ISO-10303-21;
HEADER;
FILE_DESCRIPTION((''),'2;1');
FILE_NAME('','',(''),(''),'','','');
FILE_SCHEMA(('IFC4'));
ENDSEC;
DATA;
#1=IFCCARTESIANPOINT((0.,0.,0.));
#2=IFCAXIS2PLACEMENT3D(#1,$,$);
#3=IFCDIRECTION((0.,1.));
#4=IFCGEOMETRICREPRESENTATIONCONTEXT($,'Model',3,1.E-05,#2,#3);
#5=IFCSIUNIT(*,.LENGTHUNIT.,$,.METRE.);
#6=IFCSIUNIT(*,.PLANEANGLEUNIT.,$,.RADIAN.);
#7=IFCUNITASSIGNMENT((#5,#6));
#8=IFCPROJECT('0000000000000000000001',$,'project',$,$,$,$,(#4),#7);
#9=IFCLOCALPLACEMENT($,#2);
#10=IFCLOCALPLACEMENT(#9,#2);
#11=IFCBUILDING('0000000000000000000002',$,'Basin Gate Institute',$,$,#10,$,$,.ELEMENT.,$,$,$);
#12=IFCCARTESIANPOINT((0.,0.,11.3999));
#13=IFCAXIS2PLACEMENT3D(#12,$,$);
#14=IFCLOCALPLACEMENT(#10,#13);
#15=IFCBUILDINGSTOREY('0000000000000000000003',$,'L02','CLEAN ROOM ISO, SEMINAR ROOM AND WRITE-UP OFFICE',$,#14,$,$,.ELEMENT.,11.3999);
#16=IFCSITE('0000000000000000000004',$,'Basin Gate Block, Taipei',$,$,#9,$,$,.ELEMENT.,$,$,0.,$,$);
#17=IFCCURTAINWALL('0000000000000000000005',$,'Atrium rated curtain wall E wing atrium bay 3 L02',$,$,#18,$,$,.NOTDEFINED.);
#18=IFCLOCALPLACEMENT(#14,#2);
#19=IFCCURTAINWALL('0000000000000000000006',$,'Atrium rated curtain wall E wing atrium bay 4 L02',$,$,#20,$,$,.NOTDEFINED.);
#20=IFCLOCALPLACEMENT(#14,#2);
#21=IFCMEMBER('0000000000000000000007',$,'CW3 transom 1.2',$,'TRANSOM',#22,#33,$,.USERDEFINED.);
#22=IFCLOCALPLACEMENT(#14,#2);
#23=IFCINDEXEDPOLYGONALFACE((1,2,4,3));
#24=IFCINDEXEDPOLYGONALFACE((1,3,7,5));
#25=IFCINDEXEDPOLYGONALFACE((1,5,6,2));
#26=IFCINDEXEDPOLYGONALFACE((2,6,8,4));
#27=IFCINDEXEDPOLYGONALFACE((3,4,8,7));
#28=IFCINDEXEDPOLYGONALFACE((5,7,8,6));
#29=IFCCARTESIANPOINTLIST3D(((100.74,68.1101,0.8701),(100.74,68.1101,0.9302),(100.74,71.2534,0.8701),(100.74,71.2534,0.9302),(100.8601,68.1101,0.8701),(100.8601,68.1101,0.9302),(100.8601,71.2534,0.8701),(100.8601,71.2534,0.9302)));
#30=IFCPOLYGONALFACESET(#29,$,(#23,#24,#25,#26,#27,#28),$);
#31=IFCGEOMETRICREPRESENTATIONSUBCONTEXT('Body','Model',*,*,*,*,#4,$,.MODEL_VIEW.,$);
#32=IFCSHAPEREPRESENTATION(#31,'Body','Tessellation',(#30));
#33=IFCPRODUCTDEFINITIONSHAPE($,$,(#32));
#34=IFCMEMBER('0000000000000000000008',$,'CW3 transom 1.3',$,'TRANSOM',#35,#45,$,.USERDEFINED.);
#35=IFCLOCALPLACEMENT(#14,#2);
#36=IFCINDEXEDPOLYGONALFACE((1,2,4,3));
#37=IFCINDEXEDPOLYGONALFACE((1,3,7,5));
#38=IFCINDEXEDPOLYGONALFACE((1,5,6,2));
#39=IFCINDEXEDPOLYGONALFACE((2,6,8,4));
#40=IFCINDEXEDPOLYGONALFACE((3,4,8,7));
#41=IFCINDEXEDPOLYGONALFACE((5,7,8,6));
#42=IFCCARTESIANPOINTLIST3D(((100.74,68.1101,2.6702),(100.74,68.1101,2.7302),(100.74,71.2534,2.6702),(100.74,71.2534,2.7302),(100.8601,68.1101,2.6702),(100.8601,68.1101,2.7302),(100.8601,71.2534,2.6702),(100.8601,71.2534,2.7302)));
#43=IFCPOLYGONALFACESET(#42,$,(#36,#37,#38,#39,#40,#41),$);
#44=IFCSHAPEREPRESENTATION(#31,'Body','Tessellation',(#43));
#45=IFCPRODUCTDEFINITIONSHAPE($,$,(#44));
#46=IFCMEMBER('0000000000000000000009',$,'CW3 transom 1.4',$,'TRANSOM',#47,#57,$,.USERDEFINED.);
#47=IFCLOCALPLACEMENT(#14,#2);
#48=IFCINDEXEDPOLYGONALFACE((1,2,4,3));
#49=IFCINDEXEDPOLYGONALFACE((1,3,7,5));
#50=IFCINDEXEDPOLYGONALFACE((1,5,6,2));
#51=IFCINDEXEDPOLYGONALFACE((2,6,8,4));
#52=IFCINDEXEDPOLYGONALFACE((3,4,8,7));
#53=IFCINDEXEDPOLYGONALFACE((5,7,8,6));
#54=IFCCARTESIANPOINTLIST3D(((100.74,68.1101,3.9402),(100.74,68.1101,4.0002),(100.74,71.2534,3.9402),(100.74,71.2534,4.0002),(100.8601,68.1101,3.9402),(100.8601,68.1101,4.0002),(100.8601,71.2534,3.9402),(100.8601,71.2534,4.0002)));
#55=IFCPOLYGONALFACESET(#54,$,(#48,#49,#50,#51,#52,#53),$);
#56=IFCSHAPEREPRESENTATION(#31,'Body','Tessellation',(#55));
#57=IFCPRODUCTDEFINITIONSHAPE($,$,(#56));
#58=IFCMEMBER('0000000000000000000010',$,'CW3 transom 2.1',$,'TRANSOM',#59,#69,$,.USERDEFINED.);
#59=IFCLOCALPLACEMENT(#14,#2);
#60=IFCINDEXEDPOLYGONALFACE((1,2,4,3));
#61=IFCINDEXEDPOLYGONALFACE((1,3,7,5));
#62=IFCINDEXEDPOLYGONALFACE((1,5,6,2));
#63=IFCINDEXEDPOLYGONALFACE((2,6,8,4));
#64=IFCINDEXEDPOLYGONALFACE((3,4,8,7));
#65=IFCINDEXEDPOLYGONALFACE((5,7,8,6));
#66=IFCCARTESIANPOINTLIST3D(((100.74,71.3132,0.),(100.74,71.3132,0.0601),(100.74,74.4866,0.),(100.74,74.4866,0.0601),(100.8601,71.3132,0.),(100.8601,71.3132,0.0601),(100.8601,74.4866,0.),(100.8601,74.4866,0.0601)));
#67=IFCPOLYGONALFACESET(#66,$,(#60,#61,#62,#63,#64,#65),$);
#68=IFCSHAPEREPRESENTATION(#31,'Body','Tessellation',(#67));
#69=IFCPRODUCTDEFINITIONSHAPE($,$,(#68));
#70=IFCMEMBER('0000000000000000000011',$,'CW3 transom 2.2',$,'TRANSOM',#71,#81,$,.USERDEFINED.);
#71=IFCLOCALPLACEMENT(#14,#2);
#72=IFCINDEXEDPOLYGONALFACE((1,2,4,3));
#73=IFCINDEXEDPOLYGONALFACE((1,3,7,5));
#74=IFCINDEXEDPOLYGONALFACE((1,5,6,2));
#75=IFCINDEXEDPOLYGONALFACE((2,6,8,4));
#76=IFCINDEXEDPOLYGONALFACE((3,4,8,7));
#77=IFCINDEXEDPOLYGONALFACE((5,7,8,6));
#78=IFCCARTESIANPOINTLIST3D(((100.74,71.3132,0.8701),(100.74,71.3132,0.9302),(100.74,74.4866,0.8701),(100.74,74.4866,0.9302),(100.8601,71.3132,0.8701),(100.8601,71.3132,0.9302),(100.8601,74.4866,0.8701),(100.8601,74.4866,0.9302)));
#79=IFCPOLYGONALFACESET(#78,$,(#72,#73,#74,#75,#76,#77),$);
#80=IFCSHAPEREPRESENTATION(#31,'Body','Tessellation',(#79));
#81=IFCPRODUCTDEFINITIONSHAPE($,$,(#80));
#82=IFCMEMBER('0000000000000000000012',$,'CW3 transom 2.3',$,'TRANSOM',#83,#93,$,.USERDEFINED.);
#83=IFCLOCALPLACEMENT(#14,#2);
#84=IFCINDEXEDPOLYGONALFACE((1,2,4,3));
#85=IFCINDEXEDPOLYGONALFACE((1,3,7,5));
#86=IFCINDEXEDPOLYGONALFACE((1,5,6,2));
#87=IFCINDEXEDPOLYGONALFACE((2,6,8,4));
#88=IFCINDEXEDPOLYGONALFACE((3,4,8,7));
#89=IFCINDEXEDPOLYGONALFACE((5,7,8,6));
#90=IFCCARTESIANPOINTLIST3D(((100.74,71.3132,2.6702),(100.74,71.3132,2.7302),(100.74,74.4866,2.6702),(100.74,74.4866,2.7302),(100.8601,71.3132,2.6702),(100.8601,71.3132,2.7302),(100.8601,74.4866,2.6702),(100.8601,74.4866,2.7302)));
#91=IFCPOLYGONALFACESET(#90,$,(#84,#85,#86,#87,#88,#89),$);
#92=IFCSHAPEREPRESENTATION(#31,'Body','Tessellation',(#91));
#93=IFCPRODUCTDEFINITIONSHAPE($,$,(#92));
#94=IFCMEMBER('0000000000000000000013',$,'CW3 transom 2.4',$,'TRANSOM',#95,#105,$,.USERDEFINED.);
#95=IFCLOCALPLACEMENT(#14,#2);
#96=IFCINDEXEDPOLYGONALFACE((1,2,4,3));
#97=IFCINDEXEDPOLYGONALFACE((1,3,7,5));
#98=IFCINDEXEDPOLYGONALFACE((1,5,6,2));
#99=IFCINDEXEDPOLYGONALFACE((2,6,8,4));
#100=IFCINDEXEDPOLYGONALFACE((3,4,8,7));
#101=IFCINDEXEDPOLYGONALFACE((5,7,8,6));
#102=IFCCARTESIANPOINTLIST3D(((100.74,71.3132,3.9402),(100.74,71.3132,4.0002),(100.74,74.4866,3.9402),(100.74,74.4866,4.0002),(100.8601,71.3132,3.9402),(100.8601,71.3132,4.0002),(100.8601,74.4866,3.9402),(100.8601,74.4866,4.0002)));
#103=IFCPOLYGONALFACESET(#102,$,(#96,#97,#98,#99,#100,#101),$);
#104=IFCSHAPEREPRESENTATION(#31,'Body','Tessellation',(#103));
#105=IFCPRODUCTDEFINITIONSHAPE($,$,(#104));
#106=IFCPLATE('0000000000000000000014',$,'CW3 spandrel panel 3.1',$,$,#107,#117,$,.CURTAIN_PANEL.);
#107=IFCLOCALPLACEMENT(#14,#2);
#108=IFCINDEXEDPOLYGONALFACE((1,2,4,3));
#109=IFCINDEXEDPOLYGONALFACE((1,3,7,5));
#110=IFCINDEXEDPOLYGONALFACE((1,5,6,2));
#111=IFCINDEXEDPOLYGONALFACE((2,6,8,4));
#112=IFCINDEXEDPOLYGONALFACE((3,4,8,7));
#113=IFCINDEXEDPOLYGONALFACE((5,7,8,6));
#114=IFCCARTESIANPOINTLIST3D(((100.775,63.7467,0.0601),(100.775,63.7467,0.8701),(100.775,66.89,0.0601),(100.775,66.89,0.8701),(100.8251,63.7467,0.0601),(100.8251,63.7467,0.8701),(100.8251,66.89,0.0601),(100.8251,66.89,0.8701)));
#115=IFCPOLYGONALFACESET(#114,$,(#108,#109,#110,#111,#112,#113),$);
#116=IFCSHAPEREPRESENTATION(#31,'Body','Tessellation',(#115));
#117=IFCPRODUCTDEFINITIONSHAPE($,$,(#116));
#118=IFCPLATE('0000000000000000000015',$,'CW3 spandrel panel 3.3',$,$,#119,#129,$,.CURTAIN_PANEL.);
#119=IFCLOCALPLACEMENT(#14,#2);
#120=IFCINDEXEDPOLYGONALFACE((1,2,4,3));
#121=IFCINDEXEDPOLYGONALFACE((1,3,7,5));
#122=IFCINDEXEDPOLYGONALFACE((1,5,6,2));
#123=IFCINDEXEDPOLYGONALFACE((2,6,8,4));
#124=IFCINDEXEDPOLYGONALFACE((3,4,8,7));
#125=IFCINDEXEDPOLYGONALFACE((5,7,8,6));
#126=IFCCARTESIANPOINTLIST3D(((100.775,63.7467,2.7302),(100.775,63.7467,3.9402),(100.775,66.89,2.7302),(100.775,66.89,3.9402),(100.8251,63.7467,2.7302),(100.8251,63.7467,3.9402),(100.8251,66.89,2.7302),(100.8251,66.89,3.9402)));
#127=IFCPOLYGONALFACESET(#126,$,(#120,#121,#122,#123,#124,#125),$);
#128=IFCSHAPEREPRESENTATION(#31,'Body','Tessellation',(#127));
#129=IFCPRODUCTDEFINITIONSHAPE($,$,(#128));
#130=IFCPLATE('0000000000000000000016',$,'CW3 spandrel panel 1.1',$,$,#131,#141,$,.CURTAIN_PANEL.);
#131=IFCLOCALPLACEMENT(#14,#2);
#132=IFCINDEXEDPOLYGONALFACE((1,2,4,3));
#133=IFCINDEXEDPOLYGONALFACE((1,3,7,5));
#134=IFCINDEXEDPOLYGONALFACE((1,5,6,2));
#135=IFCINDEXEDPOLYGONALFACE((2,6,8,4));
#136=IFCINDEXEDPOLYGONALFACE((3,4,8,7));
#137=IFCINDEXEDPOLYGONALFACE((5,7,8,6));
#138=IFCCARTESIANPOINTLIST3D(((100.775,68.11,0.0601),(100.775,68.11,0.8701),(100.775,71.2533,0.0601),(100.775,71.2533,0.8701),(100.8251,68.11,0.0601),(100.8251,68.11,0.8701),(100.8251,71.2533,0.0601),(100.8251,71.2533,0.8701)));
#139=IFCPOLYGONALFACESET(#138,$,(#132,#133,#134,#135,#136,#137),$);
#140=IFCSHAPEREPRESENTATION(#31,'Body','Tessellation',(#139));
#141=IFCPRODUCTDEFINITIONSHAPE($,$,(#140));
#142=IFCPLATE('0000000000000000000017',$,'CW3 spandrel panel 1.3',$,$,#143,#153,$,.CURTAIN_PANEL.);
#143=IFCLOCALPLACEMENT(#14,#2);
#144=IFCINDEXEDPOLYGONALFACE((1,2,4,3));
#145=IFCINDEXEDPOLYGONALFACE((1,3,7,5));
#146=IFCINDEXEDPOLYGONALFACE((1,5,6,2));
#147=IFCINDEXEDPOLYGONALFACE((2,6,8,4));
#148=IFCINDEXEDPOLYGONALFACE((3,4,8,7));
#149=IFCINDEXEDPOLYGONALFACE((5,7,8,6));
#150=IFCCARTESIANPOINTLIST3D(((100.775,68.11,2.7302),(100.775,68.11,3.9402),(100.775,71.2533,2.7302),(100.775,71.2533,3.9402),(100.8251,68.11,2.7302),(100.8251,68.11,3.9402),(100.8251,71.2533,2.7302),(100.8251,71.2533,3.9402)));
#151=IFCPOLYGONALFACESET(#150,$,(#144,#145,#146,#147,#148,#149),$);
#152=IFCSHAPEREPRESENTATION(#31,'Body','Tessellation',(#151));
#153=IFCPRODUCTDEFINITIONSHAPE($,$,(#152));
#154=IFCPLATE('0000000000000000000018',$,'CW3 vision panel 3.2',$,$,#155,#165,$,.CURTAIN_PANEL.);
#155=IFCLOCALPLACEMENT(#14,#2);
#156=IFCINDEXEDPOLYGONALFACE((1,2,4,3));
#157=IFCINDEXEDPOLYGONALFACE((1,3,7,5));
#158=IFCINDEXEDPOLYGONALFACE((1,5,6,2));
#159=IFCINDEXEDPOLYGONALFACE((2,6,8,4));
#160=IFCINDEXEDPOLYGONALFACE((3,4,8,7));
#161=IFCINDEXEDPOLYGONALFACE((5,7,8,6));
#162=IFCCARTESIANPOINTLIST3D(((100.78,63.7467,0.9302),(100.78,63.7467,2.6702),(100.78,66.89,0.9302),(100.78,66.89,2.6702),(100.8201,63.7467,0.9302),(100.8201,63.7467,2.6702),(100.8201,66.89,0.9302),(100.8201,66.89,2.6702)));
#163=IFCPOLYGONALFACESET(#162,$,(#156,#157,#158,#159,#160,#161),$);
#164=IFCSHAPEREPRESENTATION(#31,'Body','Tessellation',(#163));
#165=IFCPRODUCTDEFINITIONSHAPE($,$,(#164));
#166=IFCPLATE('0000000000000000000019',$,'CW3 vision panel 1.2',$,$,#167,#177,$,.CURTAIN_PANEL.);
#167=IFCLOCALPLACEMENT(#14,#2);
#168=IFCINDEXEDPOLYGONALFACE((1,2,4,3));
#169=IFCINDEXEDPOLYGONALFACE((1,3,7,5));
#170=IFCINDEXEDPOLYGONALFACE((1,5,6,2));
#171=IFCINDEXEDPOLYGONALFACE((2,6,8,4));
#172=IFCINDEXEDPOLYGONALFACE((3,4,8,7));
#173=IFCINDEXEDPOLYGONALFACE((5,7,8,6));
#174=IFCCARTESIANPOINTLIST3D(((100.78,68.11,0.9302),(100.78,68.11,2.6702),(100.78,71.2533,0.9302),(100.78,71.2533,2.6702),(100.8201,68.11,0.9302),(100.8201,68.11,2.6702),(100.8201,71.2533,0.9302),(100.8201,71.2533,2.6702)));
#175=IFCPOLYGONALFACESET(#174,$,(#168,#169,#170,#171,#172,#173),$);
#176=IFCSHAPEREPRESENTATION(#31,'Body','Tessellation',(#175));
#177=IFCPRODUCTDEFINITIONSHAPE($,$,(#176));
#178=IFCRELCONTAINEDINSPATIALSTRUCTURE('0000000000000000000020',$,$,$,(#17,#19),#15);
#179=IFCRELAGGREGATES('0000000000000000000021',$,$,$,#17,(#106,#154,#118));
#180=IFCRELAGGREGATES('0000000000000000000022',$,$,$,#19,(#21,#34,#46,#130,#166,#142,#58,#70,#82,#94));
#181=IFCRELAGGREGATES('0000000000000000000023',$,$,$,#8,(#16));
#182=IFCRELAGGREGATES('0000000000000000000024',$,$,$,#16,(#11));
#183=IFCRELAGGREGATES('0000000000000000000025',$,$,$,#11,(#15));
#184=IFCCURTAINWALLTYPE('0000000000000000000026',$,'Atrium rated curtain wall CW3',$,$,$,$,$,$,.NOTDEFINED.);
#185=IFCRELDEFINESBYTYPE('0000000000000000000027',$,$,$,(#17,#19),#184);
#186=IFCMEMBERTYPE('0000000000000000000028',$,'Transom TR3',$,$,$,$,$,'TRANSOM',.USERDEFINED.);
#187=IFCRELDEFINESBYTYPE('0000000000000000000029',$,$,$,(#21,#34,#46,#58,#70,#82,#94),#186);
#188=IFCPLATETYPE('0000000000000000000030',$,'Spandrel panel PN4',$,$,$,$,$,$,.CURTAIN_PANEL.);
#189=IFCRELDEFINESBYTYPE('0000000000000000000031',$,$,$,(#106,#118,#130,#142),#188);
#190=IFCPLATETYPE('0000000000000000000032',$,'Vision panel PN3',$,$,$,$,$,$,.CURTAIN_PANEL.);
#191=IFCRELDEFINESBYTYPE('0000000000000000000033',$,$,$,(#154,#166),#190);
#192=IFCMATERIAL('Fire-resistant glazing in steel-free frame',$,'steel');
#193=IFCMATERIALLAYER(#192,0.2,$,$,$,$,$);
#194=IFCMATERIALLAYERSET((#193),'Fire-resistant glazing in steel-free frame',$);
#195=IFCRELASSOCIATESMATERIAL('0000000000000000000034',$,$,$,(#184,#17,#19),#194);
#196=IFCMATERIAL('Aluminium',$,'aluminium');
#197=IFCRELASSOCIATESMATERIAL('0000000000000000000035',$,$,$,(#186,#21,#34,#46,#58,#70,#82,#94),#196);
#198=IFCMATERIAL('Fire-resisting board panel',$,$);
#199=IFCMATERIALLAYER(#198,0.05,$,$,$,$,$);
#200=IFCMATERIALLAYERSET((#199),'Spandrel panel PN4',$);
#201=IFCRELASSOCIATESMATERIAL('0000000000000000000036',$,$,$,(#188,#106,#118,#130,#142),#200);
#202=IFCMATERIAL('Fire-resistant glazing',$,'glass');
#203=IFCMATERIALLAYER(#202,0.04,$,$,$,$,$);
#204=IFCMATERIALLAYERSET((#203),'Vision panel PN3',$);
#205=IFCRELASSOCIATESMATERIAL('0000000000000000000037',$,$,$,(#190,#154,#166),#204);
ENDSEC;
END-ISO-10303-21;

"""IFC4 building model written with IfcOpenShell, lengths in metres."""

from ifc_helpers import new_model, si_unit, direction, frame, origin, origin_2d, place, context, subcontext, project, spatial, rectangle, extrude, material, layer, layer_set, material_profile, profile_set, type_object, element, aggregate, save


model = new_model("IFC4")

# Units and contexts
model_context = context("Model", 3, precision=1e-05, world=origin(), true_north=direction((0.0, 1.0)))
body_context = subcontext(model_context, "Body", "Model", "MODEL_VIEW")
ifc_project = project(units=[si_unit("LENGTHUNIT", "METRE"), si_unit("PLANEANGLEUNIT", "RADIAN")], contexts=[model_context])

# Site, building, storey
site_placement = place(None, origin())
site = spatial("IfcSite", under=ifc_project, at=site_placement, Name="Basin Gate Block, Taipei", CompositionType="ELEMENT", RefElevation=0.0)
building_placement = place(site_placement, origin())
building = spatial("IfcBuilding", under=site, at=building_placement, Name="Basin Gate Institute", CompositionType="ELEMENT")
storey_placement = place(building_placement, frame((0.0, 0.0, 11.3999)))
storey = spatial("IfcBuildingStorey", under=building, at=storey_placement, Name="L02", Description="CLEAN ROOM ISO, SEMINAR ROOM AND WRITE-UP OFFICE", CompositionType="ELEMENT", Elevation=11.3999)

# Curtain wall
ifc_material_1 = material(Name="Fire-resistant glazing in steel-free frame", Category="steel")
ifc_layer_1 = layer(ifc_material_1, 0.2)
ifc_layer_set_1 = layer_set([ifc_layer_1], Name="Fire-resistant glazing in steel-free frame")
curtain_wall_type = type_object("IfcCurtainWallType", Name="Atrium rated curtain wall CW3", PredefinedType="NOTDEFINED", material=ifc_layer_set_1)
curtain_wall_1_placement = place(storey_placement, origin())
curtain_wall_1 = element("IfcCurtainWall", 1, at=curtain_wall_1_placement, inside=storey, type_object=curtain_wall_type, material=ifc_layer_set_1, Name="Atrium rated curtain wall E wing atrium bay 3 L02", PredefinedType="NOTDEFINED")

# Curtain wall
curtain_wall_2_placement = place(storey_placement, origin())
curtain_wall_2 = element("IfcCurtainWall", 2, at=curtain_wall_2_placement, inside=storey, type_object=curtain_wall_type, material=ifc_layer_set_1, Name="Atrium rated curtain wall E wing atrium bay 4 L02", PredefinedType="NOTDEFINED")

# Members
ifc_material_2 = material(Name="Aluminium", Category="aluminium")
ifc_material_profile_1 = material_profile(ifc_material_2, rectangle(XDim=0.1201, YDim=0.0601, at=origin_2d()), Name="Transom TR3 120 x 60")
ifc_profile_set_1 = profile_set([ifc_material_profile_1], Name="Aluminium")
member_type_1 = type_object("IfcMemberType", Name="Transom TR3", ElementType="TRANSOM", PredefinedType="USERDEFINED", material=ifc_profile_set_1)
member_1_placement = place(storey_placement, frame((100.8, 68.1101, 0.9001), z_axis=(0.0, 1.0, 0.0), x_axis=(-1.0, 0.0, 0.0)))
member_1 = element("IfcMember", 3, at=member_1_placement, type_object=member_type_1, material=ifc_profile_set_1, Name="CW3 transom 1.2", ObjectType="TRANSOM", PredefinedType="USERDEFINED", context=body_context, shape_type="SweptSolid", body=[
    extrude(rectangle(XDim=0.1201, YDim=0.0601, at=origin_2d()), origin(), (0.0, 0.0, 1.0), 3.1433),
])
member_2_placement = place(storey_placement, frame((100.8, 68.1101, 2.7002), z_axis=(0.0, 1.0, 0.0), x_axis=(-1.0, 0.0, 0.0)))
member_2 = element("IfcMember", 4, at=member_2_placement, type_object=member_type_1, material=ifc_profile_set_1, Name="CW3 transom 1.3", ObjectType="TRANSOM", PredefinedType="USERDEFINED", context=body_context, shape_type="SweptSolid", body=[
    extrude(rectangle(XDim=0.1201, YDim=0.0601, at=origin_2d()), origin(), (0.0, 0.0, 1.0), 3.1433),
])
member_3_placement = place(storey_placement, frame((100.8, 68.1101, 3.9702), z_axis=(0.0, 1.0, 0.0), x_axis=(-1.0, 0.0, 0.0)))
member_3 = element("IfcMember", 5, at=member_3_placement, type_object=member_type_1, material=ifc_profile_set_1, Name="CW3 transom 1.4", ObjectType="TRANSOM", PredefinedType="USERDEFINED", context=body_context, shape_type="SweptSolid", body=[
    extrude(rectangle(XDim=0.1201, YDim=0.0601, at=origin_2d()), origin(), (0.0, 0.0, 1.0), 3.1433),
])
member_4_placement = place(storey_placement, frame((100.8, 71.3132, 0.03), z_axis=(0.0, 1.0, 0.0), x_axis=(-1.0, 0.0, 0.0)))
member_4 = element("IfcMember", 6, at=member_4_placement, type_object=member_type_1, material=ifc_profile_set_1, Name="CW3 transom 2.1", ObjectType="TRANSOM", PredefinedType="USERDEFINED", context=body_context, shape_type="SweptSolid", body=[
    extrude(rectangle(XDim=0.1201, YDim=0.0601, at=origin_2d()), origin(), (0.0, 0.0, 1.0), 3.1733),
])
member_5_placement = place(storey_placement, frame((100.8, 71.3132, 0.9001), z_axis=(0.0, 1.0, 0.0), x_axis=(-1.0, 0.0, 0.0)))
member_5 = element("IfcMember", 7, at=member_5_placement, type_object=member_type_1, material=ifc_profile_set_1, Name="CW3 transom 2.2", ObjectType="TRANSOM", PredefinedType="USERDEFINED", context=body_context, shape_type="SweptSolid", body=[
    extrude(rectangle(XDim=0.1201, YDim=0.0601, at=origin_2d()), origin(), (0.0, 0.0, 1.0), 3.1733),
])
member_6_placement = place(storey_placement, frame((100.8, 71.3132, 2.7002), z_axis=(0.0, 1.0, 0.0), x_axis=(-1.0, 0.0, 0.0)))
member_6 = element("IfcMember", 8, at=member_6_placement, type_object=member_type_1, material=ifc_profile_set_1, Name="CW3 transom 2.3", ObjectType="TRANSOM", PredefinedType="USERDEFINED", context=body_context, shape_type="SweptSolid", body=[
    extrude(rectangle(XDim=0.1201, YDim=0.0601, at=origin_2d()), origin(), (0.0, 0.0, 1.0), 3.1733),
])
member_7_placement = place(storey_placement, frame((100.8, 71.3132, 3.9702), z_axis=(0.0, 1.0, 0.0), x_axis=(-1.0, 0.0, 0.0)))
member_7 = element("IfcMember", 9, at=member_7_placement, type_object=member_type_1, material=ifc_profile_set_1, Name="CW3 transom 2.4", ObjectType="TRANSOM", PredefinedType="USERDEFINED", context=body_context, shape_type="SweptSolid", body=[
    extrude(rectangle(XDim=0.1201, YDim=0.0601, at=origin_2d()), origin(), (0.0, 0.0, 1.0), 3.1733),
])

# Plates
ifc_material_3 = material(Name="Fire-resisting board panel")
ifc_layer_2 = layer(ifc_material_3, 0.05)
ifc_layer_set_2 = layer_set([ifc_layer_2], Name="Spandrel panel PN4")
plate_type_1 = type_object("IfcPlateType", Name="Spandrel panel PN4", PredefinedType="CURTAIN_PANEL", material=ifc_layer_set_2)
plate_1_placement = place(storey_placement, frame((100.8, 65.3184, 0.0601), z_axis=(0.0, 0.0, 1.0), x_axis=(0.0, 1.0, 0.0)))
plate_1 = element("IfcPlate", 10, at=plate_1_placement, type_object=plate_type_1, material=ifc_layer_set_2, Name="CW3 spandrel panel 3.1", PredefinedType="CURTAIN_PANEL", context=body_context, shape_type="SweptSolid", body=[
    extrude(rectangle(XDim=3.1433, YDim=0.05, at=origin_2d()), origin(), (0.0, 0.0, 1.0), 0.8101),
])
plate_2_placement = place(storey_placement, frame((100.8, 65.3184, 2.7302), z_axis=(0.0, 0.0, 1.0), x_axis=(0.0, 1.0, 0.0)))
plate_2 = element("IfcPlate", 11, at=plate_2_placement, type_object=plate_type_1, material=ifc_layer_set_2, Name="CW3 spandrel panel 3.3", PredefinedType="CURTAIN_PANEL", context=body_context, shape_type="SweptSolid", body=[
    extrude(rectangle(XDim=3.1433, YDim=0.05, at=origin_2d()), origin(), (0.0, 0.0, 1.0), 1.21),
])
plate_3_placement = place(storey_placement, frame((100.8, 69.6816, 0.0601), z_axis=(0.0, 0.0, 1.0), x_axis=(0.0, 1.0, 0.0)))
plate_3 = element("IfcPlate", 12, at=plate_3_placement, type_object=plate_type_1, material=ifc_layer_set_2, Name="CW3 spandrel panel 1.1", PredefinedType="CURTAIN_PANEL", context=body_context, shape_type="SweptSolid", body=[
    extrude(rectangle(XDim=3.1433, YDim=0.05, at=origin_2d()), origin(), (0.0, 0.0, 1.0), 0.8101),
])
plate_4_placement = place(storey_placement, frame((100.8, 69.6816, 2.7302), z_axis=(0.0, 0.0, 1.0), x_axis=(0.0, 1.0, 0.0)))
plate_4 = element("IfcPlate", 13, at=plate_4_placement, type_object=plate_type_1, material=ifc_layer_set_2, Name="CW3 spandrel panel 1.3", PredefinedType="CURTAIN_PANEL", context=body_context, shape_type="SweptSolid", body=[
    extrude(rectangle(XDim=3.1433, YDim=0.05, at=origin_2d()), origin(), (0.0, 0.0, 1.0), 1.21),
])
ifc_material_4 = material(Name="Fire-resistant glazing", Category="glass")
ifc_layer_3 = layer(ifc_material_4, 0.04)
ifc_layer_set_3 = layer_set([ifc_layer_3], Name="Vision panel PN3")
plate_type_2 = type_object("IfcPlateType", Name="Vision panel PN3", PredefinedType="CURTAIN_PANEL", material=ifc_layer_set_3)
plate_5_placement = place(storey_placement, frame((100.8, 65.3184, 0.9302), z_axis=(0.0, 0.0, 1.0), x_axis=(0.0, 1.0, 0.0)))
plate_5 = element("IfcPlate", 14, at=plate_5_placement, type_object=plate_type_2, material=ifc_layer_set_3, Name="CW3 vision panel 3.2", PredefinedType="CURTAIN_PANEL", context=body_context, shape_type="SweptSolid", body=[
    extrude(rectangle(XDim=3.1433, YDim=0.04, at=origin_2d()), origin(), (0.0, 0.0, 1.0), 1.74),
])
aggregate(curtain_wall_1, [plate_1, plate_5, plate_2])
plate_6_placement = place(storey_placement, frame((100.8, 69.6816, 0.9302), z_axis=(0.0, 0.0, 1.0), x_axis=(0.0, 1.0, 0.0)))
plate_6 = element("IfcPlate", 15, at=plate_6_placement, type_object=plate_type_2, material=ifc_layer_set_3, Name="CW3 vision panel 1.2", PredefinedType="CURTAIN_PANEL", context=body_context, shape_type="SweptSolid", body=[
    extrude(rectangle(XDim=3.1433, YDim=0.04, at=origin_2d()), origin(), (0.0, 0.0, 1.0), 1.74),
])
aggregate(curtain_wall_2, [member_1, member_2, member_3, plate_3, plate_6, plate_4, member_4, member_5, member_6, member_7])

save(model, "model.ifc")
